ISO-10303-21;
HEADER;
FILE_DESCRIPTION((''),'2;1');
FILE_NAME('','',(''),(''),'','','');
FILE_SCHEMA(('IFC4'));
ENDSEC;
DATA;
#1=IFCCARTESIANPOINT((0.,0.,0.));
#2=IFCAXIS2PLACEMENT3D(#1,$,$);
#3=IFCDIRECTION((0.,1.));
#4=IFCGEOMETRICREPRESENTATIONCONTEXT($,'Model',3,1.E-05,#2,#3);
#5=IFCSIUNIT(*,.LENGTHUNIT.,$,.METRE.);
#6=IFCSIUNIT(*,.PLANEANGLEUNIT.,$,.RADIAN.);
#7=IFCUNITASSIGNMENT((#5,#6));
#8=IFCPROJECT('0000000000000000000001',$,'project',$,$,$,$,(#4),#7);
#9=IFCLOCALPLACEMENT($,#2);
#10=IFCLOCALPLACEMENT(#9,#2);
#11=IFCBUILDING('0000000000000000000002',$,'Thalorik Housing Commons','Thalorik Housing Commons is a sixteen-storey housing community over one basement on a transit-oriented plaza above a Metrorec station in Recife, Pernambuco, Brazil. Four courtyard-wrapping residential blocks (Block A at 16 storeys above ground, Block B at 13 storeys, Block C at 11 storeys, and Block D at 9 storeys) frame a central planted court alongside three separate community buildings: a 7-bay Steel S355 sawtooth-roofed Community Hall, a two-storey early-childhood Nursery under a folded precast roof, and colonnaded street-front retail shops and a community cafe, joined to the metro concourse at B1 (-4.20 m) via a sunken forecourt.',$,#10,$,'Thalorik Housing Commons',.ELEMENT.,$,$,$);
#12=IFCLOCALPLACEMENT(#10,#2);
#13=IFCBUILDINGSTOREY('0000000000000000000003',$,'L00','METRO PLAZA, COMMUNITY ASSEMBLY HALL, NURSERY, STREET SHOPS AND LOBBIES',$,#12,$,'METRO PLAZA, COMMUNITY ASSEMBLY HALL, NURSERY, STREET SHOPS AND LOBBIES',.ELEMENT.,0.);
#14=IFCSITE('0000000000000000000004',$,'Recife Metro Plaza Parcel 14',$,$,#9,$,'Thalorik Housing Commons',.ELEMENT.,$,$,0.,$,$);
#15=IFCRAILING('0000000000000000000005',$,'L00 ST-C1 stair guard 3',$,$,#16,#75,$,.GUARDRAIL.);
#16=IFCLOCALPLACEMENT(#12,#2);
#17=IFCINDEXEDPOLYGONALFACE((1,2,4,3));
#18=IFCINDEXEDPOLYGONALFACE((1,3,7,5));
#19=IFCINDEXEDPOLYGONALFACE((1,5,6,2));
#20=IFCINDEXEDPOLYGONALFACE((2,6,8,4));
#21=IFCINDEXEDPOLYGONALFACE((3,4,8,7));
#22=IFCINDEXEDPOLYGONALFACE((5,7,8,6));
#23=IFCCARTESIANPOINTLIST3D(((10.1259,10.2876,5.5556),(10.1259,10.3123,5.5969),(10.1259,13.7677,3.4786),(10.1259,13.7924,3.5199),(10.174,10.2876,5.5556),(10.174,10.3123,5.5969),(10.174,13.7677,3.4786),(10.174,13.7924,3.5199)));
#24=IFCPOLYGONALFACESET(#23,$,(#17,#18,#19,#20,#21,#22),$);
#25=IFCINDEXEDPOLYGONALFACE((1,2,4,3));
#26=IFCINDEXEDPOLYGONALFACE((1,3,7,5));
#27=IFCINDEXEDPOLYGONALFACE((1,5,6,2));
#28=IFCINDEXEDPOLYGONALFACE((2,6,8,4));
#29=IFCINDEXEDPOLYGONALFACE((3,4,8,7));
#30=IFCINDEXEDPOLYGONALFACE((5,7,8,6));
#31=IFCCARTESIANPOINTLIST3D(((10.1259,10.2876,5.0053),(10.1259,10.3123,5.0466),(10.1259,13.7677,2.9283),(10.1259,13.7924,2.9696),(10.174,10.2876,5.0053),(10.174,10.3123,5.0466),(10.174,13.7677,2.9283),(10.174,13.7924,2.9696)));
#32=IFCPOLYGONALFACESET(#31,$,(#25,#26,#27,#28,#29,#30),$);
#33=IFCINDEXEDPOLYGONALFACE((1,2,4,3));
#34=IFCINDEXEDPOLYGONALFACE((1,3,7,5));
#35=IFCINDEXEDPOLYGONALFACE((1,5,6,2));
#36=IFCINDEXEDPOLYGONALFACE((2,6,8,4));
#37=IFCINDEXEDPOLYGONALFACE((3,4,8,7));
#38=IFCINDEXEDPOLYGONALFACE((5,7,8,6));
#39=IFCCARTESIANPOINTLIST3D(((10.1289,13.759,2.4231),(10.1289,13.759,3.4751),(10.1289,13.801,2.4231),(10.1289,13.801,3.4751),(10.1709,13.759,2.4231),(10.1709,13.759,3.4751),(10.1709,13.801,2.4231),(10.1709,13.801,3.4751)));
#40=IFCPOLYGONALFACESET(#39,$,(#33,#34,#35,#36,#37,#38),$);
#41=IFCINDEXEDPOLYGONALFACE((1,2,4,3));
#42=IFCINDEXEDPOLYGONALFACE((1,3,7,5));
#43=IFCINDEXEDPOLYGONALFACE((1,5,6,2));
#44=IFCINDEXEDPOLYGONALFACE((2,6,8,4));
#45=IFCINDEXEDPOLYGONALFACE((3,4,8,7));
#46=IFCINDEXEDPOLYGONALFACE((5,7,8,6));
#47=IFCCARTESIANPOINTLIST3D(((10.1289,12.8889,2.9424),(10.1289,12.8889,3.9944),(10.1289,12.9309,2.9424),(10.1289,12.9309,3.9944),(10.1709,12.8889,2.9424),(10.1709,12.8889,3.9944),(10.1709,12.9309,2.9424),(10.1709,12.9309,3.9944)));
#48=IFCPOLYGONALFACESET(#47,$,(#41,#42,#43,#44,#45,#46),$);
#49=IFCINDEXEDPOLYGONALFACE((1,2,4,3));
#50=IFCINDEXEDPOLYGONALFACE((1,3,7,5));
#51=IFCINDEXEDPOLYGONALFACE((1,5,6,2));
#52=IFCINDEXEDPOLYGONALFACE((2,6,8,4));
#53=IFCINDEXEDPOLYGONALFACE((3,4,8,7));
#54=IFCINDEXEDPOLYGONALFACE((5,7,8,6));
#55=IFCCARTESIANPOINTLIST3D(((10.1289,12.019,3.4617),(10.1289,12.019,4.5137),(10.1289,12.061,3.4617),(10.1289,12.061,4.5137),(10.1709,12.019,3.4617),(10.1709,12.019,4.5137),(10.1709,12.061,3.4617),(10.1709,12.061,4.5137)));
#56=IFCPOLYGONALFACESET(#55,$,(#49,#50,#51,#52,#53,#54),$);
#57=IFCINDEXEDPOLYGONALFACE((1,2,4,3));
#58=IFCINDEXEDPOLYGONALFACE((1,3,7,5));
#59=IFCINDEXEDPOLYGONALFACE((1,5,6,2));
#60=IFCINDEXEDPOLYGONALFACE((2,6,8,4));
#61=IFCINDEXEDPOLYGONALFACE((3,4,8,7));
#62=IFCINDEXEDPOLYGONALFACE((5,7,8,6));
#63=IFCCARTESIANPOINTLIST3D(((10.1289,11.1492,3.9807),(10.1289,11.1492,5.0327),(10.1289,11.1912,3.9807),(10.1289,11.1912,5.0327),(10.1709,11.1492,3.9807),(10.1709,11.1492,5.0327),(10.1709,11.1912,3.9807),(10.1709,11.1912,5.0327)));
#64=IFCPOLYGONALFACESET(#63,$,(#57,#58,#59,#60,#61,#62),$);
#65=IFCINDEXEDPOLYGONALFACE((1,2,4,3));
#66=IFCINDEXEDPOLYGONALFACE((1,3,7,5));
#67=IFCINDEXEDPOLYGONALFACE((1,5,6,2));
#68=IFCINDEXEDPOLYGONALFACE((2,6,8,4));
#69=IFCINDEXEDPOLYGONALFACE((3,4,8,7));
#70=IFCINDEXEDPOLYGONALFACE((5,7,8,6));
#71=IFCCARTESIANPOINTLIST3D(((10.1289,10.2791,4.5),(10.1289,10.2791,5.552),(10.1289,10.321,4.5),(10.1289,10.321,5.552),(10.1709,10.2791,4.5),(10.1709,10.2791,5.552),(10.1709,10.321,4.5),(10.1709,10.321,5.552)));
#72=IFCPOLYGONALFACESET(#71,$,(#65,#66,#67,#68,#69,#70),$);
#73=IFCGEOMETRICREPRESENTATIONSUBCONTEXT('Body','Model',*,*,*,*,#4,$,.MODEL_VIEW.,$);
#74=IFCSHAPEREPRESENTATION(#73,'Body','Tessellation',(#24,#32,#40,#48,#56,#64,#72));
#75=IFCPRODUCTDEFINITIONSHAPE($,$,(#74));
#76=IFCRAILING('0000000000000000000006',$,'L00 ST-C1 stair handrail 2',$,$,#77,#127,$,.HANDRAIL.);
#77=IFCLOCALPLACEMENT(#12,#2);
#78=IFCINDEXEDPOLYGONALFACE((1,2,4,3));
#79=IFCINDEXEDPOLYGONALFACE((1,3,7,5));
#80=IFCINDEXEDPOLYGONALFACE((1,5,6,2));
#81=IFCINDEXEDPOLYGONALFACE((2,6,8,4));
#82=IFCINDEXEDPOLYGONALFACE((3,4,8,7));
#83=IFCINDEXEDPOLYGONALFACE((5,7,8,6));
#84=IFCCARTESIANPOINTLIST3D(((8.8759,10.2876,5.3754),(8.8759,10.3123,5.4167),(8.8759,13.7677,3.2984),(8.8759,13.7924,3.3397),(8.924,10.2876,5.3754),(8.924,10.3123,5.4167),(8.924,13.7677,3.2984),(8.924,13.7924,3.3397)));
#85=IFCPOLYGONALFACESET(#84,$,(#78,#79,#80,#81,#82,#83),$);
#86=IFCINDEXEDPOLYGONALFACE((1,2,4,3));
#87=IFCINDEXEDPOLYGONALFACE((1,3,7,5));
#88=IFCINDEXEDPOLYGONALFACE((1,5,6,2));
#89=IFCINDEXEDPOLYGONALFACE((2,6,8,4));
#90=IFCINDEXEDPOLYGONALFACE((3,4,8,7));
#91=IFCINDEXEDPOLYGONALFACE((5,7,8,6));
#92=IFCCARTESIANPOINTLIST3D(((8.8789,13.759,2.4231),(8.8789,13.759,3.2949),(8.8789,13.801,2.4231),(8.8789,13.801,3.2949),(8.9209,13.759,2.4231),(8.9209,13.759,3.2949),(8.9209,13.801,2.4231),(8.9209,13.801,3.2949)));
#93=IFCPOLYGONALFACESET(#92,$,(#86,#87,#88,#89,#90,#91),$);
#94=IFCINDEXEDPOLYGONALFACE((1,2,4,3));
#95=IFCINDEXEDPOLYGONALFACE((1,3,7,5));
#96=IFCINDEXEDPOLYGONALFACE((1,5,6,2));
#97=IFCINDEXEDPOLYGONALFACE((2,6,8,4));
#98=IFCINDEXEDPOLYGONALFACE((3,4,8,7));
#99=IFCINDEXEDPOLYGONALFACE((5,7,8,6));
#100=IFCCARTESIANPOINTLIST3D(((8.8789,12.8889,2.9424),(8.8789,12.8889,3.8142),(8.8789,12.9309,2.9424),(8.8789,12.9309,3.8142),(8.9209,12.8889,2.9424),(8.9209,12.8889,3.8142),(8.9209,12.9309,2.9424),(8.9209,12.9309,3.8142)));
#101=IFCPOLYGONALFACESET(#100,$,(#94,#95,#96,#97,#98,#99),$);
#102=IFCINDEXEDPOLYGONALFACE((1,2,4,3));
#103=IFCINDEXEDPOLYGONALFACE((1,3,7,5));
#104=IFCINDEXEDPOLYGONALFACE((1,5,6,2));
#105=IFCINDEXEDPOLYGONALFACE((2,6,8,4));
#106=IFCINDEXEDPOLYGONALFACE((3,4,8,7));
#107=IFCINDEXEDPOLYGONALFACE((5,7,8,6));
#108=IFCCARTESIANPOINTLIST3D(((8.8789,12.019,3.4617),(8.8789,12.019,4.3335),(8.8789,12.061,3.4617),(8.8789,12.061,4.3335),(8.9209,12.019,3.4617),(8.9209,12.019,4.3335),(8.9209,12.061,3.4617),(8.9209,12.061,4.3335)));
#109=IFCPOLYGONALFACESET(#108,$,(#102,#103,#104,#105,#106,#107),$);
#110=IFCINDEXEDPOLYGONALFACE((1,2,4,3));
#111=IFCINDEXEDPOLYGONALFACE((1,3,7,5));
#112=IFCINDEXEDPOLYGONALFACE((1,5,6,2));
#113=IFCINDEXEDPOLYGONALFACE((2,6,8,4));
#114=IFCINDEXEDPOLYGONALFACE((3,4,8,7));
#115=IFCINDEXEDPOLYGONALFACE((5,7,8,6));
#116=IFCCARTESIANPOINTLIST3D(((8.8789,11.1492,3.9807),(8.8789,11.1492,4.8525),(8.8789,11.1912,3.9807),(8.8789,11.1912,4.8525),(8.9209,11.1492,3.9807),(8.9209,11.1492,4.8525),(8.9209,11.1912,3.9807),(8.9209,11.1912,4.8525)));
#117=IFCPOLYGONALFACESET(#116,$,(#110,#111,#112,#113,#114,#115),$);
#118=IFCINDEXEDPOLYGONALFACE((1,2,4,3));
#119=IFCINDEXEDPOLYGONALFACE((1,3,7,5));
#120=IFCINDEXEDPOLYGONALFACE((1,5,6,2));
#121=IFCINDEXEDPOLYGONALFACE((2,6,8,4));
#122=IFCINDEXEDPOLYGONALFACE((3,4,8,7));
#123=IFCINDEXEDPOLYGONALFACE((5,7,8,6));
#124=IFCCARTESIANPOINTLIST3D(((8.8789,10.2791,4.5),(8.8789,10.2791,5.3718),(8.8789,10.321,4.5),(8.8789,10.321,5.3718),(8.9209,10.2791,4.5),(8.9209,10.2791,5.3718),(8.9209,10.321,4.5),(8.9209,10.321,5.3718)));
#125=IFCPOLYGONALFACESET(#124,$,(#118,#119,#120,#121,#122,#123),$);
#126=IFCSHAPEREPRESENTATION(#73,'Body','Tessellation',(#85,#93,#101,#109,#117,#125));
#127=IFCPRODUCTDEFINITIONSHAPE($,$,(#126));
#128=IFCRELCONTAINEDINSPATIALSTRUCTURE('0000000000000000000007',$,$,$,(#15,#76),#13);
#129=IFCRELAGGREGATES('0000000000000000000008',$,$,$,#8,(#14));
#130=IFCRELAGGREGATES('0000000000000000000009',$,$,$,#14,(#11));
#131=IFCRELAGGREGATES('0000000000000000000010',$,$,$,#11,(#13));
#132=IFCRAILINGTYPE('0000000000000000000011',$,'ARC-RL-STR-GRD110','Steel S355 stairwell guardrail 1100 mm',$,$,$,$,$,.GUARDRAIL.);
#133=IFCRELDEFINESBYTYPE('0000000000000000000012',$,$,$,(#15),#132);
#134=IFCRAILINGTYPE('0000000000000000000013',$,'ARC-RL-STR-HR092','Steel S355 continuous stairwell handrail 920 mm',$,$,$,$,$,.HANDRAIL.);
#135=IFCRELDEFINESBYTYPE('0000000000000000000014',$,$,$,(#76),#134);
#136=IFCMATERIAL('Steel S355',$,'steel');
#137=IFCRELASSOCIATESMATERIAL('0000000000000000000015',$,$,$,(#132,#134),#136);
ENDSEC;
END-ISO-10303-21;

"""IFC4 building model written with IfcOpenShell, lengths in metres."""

from ifc_helpers import new_model, si_unit, direction, frame, origin, origin_2d, place, context, subcontext, project, spatial, rectangle, extrude, material, type_object, element, save


model = new_model("IFC4")

# Units and contexts
model_context = context("Model", 3, precision=1e-05, world=origin(), true_north=direction((0.0, 1.0)))
body_context = subcontext(model_context, "Body", "Model", "MODEL_VIEW")
ifc_project = project(units=[si_unit("LENGTHUNIT", "METRE"), si_unit("PLANEANGLEUNIT", "RADIAN")], contexts=[model_context])

# Site, building, storey
site_placement = place(None, origin())
site = spatial("IfcSite", under=ifc_project, at=site_placement, Name="Recife Metro Plaza Parcel 14", LongName="Thalorik Housing Commons", CompositionType="ELEMENT", RefElevation=0.0)
building_placement = place(site_placement, origin())
building = spatial("IfcBuilding", under=site, at=building_placement, Name="Thalorik Housing Commons", Description="Thalorik Housing Commons is a sixteen-storey housing community over one basement on a transit-oriented plaza above a Metrorec station in Recife, Pernambuco, Brazil. Four courtyard-wrapping residential blocks (Block A at 16 storeys above ground, Block B at 13 storeys, Block C at 11 storeys, and Block D at 9 storeys) frame a central planted court alongside three separate community buildings: a 7-bay Steel S355 sawtooth-roofed Community Hall, a two-storey early-childhood Nursery under a folded precast roof, and colonnaded street-front retail shops and a community cafe, joined to the metro concourse at B1 (-4.20 m) via a sunken forecourt.", LongName="Thalorik Housing Commons", CompositionType="ELEMENT")
storey_placement = place(building_placement, origin())
storey = spatial("IfcBuildingStorey", under=building, at=storey_placement, Name="L00", Description="METRO PLAZA, COMMUNITY ASSEMBLY HALL, NURSERY, STREET SHOPS AND LOBBIES", LongName="METRO PLAZA, COMMUNITY ASSEMBLY HALL, NURSERY, STREET SHOPS AND LOBBIES", CompositionType="ELEMENT", Elevation=0.0)

# Shared definitions
ifc_material_1 = material(Name="Steel S355", Category="steel")

# Railings
railing_type_1 = type_object("IfcRailingType", Name="ARC-RL-STR-GRD110", Description="Steel S355 stairwell guardrail 1100 mm", PredefinedType="GUARDRAIL", material=ifc_material_1)
railing_1_placement = place(storey_placement, frame((10.1499, 13.78, 2.4231)))
element("IfcRailing", 1, at=railing_1_placement, inside=storey, type_object=railing_type_1, Name="L00 ST-C1 stair guard 3", PredefinedType="GUARDRAIL", context=body_context, shape_type="SweptSolid", body=[
    extrude(rectangle(XDim=0.0481, YDim=0.0481, at=origin_2d()), frame((0.0, 0.0, 1.0762), z_axis=(0.0, -0.858697, 0.512483), x_axis=(1.0, 0.0, 0.0)), (0.0, 0.0, 1.0), 4.0527),
    extrude(rectangle(XDim=0.0481, YDim=0.0481, at=origin_2d()), frame((0.0, 0.0, 0.5259), z_axis=(0.0, -0.858697, 0.512483), x_axis=(1.0, 0.0, 0.0)), (0.0, 0.0, 1.0), 4.0527),
    extrude(rectangle(XDim=0.042, YDim=0.042, at=origin_2d()), origin(), (0.0, 0.0, 1.0), 1.052),
    extrude(rectangle(XDim=0.042, YDim=0.042, at=origin_2d()), frame((0.0, -0.8701, 0.5193)), (0.0, 0.0, 1.0), 1.052),
    extrude(rectangle(XDim=0.042, YDim=0.042, at=origin_2d()), frame((0.0, -1.74, 1.0386)), (0.0, 0.0, 1.0), 1.052),
    extrude(rectangle(XDim=0.042, YDim=0.042, at=origin_2d()), frame((0.0, -2.6099, 1.5576)), (0.0, 0.0, 1.0), 1.052),
    extrude(rectangle(XDim=0.042, YDim=0.042, at=origin_2d()), frame((0.0, -3.48, 2.0769)), (0.0, 0.0, 1.0), 1.052),
])
railing_type_2 = type_object("IfcRailingType", Name="ARC-RL-STR-HR092", Description="Steel S355 continuous stairwell handrail 920 mm", PredefinedType="HANDRAIL", material=ifc_material_1)
railing_2_placement = place(storey_placement, frame((8.8999, 13.78, 2.4231)))
element("IfcRailing", 2, at=railing_2_placement, inside=storey, type_object=railing_type_2, Name="L00 ST-C1 stair handrail 2", PredefinedType="HANDRAIL", context=body_context, shape_type="SweptSolid", body=[
    extrude(rectangle(XDim=0.0481, YDim=0.0481, at=origin_2d()), frame((0.0, 0.0, 0.896), z_axis=(0.0, -0.858697, 0.512483), x_axis=(1.0, 0.0, 0.0)), (0.0, 0.0, 1.0), 4.0527),
    extrude(rectangle(XDim=0.042, YDim=0.042, at=origin_2d()), origin(), (0.0, 0.0, 1.0), 0.8718),
    extrude(rectangle(XDim=0.042, YDim=0.042, at=origin_2d()), frame((0.0, -0.8701, 0.5193)), (0.0, 0.0, 1.0), 0.8718),
    extrude(rectangle(XDim=0.042, YDim=0.042, at=origin_2d()), frame((0.0, -1.74, 1.0386)), (0.0, 0.0, 1.0), 0.8718),
    extrude(rectangle(XDim=0.042, YDim=0.042, at=origin_2d()), frame((0.0, -2.6099, 1.5576)), (0.0, 0.0, 1.0), 0.8718),
    extrude(rectangle(XDim=0.042, YDim=0.042, at=origin_2d()), frame((0.0, -3.48, 2.0769)), (0.0, 0.0, 1.0), 0.8718),
])

save(model, "model.ifc")
